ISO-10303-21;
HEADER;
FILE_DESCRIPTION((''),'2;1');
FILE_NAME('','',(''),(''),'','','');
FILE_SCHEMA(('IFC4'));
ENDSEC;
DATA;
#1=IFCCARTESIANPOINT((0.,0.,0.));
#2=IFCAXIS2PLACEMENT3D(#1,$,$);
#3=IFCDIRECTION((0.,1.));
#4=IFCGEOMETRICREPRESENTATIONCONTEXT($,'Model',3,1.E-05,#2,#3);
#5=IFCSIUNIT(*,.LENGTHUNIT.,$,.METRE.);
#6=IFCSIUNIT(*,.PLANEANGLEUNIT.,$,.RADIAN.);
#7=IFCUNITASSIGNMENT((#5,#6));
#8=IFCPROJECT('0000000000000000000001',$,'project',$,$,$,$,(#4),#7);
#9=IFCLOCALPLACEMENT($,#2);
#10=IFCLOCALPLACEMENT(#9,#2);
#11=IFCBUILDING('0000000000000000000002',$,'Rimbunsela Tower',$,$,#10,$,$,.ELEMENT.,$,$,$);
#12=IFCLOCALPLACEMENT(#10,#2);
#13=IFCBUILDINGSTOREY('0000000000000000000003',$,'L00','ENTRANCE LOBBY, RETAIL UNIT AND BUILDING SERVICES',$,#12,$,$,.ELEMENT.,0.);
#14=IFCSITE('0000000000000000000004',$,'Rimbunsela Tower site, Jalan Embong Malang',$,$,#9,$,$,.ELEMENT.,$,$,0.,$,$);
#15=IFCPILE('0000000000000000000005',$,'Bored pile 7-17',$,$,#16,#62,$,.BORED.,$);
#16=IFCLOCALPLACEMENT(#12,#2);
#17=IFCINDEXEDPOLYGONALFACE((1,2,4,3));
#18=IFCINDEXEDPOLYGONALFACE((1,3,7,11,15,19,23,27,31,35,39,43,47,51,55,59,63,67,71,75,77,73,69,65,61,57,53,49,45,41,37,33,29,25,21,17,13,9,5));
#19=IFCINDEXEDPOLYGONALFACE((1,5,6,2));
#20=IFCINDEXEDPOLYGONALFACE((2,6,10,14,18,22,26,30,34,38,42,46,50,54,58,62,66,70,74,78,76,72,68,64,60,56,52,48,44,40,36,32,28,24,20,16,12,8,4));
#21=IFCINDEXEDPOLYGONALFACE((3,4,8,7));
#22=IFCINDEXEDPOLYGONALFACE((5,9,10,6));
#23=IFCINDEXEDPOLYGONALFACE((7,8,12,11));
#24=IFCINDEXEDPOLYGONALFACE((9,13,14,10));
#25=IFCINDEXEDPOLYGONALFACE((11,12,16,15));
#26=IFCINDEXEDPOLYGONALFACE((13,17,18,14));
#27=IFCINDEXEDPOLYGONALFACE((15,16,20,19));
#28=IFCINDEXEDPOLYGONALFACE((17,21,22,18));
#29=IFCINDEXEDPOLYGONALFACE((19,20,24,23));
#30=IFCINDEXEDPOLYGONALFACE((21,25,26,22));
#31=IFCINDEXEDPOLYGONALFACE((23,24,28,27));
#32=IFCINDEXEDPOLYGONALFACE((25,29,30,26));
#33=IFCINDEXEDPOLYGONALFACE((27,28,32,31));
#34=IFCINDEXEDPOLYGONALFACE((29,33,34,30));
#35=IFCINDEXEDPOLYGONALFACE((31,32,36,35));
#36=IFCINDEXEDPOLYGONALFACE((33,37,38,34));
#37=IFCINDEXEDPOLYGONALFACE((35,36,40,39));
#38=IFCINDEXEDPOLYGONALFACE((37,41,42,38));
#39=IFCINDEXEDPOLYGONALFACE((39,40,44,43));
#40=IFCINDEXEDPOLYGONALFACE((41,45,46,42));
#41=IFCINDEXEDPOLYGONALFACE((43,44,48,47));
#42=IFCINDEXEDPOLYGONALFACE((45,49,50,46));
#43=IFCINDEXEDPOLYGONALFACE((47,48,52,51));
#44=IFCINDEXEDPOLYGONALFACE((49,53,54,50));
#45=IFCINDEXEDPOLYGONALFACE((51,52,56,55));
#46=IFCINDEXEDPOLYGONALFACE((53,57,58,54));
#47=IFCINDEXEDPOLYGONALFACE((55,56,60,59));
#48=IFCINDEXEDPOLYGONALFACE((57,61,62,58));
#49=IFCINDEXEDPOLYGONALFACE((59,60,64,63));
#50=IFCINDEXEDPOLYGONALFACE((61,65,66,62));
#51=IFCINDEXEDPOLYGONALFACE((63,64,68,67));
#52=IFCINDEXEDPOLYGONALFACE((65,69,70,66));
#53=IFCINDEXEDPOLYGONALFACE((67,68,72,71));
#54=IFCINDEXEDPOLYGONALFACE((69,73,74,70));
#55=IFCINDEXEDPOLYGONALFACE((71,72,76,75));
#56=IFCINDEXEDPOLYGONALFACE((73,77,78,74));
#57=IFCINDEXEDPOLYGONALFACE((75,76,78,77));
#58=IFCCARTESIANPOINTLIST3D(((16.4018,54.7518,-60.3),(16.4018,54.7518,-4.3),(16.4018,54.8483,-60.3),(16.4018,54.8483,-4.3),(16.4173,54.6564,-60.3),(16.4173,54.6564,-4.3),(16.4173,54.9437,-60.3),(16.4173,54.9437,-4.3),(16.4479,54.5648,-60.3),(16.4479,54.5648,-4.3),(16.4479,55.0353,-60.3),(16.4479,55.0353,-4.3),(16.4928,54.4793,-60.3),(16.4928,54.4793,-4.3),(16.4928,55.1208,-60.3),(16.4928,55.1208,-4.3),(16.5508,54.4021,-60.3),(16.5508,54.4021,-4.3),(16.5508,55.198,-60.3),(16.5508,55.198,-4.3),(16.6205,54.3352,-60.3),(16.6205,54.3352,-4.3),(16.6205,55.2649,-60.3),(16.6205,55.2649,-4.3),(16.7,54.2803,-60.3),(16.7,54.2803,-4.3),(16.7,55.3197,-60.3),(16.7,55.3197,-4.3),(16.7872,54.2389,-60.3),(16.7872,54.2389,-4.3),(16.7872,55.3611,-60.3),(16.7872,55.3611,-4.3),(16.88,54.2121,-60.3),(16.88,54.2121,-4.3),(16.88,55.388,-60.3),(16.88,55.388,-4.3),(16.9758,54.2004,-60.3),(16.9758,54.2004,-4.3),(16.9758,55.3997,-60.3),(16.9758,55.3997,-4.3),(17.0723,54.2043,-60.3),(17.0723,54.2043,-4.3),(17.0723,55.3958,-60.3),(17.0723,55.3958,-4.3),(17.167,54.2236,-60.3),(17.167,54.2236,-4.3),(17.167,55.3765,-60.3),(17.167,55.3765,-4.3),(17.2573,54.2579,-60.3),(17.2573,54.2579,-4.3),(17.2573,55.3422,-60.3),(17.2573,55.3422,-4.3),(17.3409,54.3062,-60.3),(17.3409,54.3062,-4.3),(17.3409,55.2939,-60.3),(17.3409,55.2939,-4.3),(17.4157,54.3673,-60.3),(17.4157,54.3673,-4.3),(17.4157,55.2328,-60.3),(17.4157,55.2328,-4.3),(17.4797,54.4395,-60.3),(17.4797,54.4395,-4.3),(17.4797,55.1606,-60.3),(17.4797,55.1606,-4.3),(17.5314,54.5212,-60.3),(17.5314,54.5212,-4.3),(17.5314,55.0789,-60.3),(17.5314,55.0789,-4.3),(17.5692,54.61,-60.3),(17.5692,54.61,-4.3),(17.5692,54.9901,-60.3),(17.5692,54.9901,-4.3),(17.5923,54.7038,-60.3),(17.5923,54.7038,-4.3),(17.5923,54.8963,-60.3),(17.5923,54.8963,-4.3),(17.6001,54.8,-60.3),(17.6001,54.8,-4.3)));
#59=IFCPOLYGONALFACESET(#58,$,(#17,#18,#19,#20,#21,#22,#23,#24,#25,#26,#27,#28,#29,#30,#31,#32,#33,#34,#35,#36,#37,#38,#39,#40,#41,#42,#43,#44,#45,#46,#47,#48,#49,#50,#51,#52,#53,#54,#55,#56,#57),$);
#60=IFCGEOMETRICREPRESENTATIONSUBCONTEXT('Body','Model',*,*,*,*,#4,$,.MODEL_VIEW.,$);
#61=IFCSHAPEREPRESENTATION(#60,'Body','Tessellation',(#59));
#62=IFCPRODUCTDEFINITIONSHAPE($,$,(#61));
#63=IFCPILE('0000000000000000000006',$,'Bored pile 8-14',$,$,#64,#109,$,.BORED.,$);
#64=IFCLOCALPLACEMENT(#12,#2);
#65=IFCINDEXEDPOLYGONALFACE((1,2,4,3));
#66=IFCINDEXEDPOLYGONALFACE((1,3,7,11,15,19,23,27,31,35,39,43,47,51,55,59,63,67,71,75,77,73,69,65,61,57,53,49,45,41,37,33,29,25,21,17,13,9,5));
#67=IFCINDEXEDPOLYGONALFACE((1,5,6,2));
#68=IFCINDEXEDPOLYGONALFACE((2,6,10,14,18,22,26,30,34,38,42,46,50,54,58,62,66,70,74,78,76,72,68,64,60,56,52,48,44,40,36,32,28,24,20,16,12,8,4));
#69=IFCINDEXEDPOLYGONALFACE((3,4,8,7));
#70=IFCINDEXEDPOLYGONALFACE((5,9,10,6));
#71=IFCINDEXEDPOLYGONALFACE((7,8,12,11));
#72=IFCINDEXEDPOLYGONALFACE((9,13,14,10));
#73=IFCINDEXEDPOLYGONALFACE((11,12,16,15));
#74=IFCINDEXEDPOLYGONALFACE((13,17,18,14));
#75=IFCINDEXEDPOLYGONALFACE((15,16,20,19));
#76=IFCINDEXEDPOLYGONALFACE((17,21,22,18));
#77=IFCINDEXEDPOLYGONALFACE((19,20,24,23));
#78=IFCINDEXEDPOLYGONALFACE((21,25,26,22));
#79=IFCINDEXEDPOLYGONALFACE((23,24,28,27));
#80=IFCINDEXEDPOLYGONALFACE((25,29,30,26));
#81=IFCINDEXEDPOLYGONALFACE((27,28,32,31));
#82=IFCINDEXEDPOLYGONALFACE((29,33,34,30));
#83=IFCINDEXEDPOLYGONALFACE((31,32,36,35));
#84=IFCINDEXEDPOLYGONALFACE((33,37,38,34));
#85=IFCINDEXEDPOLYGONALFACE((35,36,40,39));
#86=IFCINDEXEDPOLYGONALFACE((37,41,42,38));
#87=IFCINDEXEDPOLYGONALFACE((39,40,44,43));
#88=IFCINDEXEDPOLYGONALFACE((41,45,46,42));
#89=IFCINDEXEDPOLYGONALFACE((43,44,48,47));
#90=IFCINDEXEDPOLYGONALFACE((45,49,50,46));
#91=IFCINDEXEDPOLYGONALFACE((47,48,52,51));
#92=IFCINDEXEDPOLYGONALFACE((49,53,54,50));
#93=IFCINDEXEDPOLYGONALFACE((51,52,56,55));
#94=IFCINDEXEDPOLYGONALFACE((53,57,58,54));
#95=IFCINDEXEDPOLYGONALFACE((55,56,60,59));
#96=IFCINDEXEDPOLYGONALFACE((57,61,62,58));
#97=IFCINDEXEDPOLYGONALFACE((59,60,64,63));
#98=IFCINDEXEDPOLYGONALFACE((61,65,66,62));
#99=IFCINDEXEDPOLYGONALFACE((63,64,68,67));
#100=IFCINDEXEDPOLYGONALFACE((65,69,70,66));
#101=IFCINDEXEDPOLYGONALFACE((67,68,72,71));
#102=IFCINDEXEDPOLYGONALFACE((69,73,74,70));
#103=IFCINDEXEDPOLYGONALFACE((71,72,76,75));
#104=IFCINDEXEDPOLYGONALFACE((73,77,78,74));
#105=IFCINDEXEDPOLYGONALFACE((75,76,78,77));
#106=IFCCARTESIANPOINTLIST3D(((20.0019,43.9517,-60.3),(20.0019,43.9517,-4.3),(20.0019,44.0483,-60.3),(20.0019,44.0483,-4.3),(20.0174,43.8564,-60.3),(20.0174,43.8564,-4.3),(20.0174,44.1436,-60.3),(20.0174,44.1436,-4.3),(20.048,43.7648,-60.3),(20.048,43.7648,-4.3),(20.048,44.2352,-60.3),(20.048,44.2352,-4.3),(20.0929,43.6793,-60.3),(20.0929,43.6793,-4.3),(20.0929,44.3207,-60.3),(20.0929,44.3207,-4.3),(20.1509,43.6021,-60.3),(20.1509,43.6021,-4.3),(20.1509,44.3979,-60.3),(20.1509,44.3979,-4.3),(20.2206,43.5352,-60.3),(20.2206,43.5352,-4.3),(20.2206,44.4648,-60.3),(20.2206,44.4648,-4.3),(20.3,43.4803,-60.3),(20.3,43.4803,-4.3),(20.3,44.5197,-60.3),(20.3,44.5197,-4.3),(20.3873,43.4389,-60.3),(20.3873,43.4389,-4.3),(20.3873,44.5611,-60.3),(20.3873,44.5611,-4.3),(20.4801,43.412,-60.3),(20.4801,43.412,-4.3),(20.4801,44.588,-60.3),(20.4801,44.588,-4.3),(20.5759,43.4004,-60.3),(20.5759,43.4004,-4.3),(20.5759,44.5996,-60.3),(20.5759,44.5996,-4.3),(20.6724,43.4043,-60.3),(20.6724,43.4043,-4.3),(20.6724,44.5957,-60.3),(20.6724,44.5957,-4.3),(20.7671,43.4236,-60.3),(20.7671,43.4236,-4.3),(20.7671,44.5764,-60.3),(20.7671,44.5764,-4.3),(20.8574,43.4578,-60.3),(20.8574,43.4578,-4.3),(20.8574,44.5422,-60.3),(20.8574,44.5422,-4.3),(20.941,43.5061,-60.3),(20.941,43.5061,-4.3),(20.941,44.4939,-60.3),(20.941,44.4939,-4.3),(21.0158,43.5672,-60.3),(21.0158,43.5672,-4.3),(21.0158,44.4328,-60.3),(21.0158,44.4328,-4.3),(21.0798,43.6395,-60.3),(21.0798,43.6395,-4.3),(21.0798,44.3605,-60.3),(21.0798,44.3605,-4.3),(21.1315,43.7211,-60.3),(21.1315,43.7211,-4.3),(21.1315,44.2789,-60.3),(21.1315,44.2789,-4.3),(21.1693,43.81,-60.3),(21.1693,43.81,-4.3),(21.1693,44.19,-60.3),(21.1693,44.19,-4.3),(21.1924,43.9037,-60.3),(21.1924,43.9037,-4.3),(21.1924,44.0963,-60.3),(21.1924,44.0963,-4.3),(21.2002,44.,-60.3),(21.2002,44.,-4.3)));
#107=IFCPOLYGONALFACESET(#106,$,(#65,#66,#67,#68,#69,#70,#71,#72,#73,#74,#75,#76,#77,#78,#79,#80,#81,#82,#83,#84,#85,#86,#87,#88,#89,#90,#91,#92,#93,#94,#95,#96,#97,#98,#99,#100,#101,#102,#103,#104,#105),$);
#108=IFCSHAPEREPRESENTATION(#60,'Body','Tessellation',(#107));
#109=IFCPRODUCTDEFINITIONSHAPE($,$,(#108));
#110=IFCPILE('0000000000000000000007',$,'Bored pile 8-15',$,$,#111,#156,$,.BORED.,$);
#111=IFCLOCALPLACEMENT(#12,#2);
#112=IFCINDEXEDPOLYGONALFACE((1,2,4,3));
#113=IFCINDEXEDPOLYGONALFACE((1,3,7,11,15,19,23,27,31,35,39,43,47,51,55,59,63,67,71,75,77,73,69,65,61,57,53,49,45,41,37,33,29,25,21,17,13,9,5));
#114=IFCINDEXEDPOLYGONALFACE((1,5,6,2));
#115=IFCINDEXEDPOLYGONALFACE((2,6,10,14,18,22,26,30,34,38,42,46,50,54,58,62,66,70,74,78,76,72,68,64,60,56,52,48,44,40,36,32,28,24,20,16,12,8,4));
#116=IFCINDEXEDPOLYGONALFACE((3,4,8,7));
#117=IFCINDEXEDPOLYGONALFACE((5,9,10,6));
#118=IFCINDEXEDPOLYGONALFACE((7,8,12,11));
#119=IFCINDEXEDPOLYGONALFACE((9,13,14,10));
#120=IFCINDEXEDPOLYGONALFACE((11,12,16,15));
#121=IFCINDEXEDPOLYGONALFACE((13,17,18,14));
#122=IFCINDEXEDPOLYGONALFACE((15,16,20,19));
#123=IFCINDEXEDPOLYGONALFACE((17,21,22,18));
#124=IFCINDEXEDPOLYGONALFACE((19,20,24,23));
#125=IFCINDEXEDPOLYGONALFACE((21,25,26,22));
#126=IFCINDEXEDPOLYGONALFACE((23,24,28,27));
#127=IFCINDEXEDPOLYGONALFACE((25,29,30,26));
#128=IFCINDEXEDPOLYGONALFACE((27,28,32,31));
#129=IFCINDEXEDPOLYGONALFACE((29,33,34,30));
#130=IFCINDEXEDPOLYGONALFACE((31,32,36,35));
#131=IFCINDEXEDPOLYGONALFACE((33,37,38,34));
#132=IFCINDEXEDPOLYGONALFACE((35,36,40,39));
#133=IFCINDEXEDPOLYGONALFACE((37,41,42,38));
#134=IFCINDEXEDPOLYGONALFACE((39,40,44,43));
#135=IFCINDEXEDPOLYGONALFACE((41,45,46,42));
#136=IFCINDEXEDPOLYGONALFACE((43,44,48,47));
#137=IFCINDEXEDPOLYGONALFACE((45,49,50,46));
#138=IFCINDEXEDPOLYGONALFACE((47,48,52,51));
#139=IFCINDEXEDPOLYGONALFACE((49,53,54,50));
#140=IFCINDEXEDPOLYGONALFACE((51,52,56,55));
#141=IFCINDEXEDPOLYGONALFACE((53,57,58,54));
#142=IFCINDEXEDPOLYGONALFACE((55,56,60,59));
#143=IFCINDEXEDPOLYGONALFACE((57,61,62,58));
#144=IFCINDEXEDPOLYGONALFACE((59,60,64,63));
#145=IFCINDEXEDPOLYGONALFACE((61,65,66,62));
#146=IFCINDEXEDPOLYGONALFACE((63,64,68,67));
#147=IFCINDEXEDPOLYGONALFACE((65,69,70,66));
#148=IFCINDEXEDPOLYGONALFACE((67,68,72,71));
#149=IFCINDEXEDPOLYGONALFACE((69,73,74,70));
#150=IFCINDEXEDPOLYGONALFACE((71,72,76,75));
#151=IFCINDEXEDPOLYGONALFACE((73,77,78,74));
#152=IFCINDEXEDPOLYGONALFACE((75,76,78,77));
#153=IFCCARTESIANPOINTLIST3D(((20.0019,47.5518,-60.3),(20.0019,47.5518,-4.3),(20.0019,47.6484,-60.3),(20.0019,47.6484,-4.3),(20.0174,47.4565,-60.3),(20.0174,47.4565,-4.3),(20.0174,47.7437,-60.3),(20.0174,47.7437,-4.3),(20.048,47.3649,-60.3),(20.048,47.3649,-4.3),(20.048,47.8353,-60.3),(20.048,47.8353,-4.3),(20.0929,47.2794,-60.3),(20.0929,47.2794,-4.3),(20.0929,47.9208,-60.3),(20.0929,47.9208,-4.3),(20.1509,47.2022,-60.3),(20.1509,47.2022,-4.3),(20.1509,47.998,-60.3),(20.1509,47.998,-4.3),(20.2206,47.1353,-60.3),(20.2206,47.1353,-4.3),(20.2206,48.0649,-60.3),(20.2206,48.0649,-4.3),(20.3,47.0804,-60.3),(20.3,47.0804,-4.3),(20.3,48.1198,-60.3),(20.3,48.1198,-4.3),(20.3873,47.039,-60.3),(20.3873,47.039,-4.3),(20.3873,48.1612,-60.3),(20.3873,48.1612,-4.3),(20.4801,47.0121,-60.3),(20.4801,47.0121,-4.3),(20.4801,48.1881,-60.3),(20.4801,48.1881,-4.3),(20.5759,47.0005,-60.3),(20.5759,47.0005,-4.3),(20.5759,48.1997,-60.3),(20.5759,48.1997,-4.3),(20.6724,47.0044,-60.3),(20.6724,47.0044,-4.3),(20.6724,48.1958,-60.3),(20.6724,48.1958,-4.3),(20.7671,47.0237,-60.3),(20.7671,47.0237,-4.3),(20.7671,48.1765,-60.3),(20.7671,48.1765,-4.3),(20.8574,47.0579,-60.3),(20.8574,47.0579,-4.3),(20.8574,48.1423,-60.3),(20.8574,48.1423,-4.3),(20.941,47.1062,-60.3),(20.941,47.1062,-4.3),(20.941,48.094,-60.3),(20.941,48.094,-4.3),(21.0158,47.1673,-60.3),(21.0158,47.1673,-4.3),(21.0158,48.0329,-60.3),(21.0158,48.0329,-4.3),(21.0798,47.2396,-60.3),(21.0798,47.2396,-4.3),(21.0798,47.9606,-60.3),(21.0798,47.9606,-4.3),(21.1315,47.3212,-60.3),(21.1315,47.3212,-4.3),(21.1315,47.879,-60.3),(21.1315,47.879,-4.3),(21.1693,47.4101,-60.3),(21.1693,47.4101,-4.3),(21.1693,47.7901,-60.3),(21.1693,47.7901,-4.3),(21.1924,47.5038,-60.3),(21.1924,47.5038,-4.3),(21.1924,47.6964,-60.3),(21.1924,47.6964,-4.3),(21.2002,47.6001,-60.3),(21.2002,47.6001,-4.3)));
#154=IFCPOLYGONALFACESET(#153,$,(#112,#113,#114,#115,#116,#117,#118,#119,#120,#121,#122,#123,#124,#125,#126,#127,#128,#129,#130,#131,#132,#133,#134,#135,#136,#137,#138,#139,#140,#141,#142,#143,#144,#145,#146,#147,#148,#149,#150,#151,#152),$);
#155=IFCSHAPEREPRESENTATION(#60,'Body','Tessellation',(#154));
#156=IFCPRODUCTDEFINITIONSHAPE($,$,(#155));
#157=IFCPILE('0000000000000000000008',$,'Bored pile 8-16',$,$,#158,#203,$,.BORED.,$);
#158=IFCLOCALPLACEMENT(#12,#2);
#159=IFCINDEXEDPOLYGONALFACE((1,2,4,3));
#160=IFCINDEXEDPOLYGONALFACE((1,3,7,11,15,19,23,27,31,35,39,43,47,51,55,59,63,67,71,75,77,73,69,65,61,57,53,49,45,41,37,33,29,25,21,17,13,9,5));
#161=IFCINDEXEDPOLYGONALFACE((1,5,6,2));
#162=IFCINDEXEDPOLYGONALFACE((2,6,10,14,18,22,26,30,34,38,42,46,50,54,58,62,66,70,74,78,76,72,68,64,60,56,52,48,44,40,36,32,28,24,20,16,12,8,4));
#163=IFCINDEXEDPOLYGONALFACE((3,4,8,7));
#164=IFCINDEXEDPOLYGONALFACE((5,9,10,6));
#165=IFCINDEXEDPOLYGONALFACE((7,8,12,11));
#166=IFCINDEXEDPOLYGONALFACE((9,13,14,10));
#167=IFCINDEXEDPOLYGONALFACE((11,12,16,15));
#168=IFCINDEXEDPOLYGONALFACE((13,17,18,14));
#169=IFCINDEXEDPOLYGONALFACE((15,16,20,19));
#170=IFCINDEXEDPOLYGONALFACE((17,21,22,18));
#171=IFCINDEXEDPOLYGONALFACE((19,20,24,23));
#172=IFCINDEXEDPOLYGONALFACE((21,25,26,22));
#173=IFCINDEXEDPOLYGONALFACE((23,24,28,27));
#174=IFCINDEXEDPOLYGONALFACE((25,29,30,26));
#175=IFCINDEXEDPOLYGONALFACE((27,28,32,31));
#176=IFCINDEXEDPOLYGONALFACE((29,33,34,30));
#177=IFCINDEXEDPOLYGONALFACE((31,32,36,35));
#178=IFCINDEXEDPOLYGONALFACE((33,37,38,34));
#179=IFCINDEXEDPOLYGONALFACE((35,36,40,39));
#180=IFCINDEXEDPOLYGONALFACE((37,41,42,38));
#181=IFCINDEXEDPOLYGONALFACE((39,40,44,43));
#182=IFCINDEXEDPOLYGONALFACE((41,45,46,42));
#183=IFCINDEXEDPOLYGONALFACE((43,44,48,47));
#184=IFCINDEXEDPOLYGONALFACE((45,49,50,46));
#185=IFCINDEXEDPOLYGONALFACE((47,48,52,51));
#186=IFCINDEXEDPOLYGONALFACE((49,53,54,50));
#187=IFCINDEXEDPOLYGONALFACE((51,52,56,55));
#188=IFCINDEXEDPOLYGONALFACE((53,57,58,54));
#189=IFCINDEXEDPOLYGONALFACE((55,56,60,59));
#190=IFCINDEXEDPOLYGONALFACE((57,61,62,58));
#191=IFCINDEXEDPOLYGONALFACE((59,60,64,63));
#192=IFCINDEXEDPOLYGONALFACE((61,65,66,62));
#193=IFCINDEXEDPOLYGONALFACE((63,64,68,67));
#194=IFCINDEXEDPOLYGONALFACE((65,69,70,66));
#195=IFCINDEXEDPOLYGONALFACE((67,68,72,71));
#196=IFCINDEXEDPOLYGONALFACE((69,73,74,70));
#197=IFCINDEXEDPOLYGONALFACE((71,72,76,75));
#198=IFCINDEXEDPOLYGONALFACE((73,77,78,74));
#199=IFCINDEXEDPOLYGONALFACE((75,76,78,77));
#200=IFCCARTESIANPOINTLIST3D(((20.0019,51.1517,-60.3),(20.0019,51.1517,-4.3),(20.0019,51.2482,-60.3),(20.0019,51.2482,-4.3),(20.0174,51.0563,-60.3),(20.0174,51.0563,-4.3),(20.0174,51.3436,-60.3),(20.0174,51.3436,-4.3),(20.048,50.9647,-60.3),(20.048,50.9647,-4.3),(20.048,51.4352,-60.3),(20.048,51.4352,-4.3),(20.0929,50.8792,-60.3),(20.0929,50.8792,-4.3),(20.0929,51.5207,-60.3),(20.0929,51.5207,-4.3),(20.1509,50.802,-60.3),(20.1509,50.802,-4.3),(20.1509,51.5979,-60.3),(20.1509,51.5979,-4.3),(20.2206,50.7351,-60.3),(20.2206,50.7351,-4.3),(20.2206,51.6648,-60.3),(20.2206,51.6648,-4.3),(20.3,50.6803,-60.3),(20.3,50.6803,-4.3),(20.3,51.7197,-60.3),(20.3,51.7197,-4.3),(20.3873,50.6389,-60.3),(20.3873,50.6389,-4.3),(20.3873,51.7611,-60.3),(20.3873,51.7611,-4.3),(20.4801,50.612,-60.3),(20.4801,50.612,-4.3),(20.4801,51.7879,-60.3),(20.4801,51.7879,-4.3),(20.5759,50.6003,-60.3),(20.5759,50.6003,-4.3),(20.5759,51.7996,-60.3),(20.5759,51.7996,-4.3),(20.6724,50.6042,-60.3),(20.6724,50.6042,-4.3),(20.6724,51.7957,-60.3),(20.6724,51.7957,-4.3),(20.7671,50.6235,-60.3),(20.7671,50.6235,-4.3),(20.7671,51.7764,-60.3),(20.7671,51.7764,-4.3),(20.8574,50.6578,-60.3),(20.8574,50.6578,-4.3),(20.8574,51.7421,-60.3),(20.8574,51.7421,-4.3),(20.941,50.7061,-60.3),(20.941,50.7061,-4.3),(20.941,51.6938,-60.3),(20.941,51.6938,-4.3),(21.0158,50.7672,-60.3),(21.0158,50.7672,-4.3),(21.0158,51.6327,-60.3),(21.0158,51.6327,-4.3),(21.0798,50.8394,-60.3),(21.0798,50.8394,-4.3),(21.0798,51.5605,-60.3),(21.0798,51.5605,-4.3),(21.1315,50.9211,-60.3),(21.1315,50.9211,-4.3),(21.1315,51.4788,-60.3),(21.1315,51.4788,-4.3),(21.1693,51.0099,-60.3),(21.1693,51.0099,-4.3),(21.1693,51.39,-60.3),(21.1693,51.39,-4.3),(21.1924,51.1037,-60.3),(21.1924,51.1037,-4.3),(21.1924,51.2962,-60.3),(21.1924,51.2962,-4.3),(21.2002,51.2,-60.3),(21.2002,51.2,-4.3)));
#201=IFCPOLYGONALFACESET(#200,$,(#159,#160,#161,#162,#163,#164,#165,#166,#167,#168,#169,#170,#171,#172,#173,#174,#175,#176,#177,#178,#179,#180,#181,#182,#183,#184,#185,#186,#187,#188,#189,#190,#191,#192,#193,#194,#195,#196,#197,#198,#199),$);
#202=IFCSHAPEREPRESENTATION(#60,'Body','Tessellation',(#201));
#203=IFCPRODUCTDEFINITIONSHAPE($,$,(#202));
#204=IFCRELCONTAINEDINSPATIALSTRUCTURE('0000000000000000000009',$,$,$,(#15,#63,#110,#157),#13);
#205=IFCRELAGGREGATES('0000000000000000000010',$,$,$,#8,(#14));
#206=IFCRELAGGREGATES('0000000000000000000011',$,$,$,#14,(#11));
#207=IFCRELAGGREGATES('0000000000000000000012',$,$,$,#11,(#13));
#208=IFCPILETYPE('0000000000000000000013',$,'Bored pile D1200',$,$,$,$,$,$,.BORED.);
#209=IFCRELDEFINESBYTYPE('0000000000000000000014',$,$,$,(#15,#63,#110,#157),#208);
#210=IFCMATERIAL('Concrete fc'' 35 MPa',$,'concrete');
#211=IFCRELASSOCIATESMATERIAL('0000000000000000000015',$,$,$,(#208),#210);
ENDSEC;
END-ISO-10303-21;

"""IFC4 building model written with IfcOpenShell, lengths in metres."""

from ifc_helpers import new_model, si_unit, direction, frame, origin, origin_2d, place, context, subcontext, project, spatial, circle, extrude, material, material_profile, profile_set, type_object, element, save


model = new_model("IFC4")

# Units and contexts
model_context = context("Model", 3, precision=1e-05, world=origin(), true_north=direction((0.0, 1.0)))
body_context = subcontext(model_context, "Body", "Model", "MODEL_VIEW")
ifc_project = project(units=[si_unit("LENGTHUNIT", "METRE"), si_unit("PLANEANGLEUNIT", "RADIAN")], contexts=[model_context])

# Site, building, storey
site_placement = place(None, origin())
site = spatial("IfcSite", under=ifc_project, at=site_placement, Name="Rimbunsela Tower site, Jalan Embong Malang", CompositionType="ELEMENT", RefElevation=0.0)
building_placement = place(site_placement, origin())
building = spatial("IfcBuilding", under=site, at=building_placement, Name="Rimbunsela Tower", CompositionType="ELEMENT")
storey_placement = place(building_placement, origin())
storey = spatial("IfcBuildingStorey", under=building, at=storey_placement, Name="L00", Description="ENTRANCE LOBBY, RETAIL UNIT AND BUILDING SERVICES", CompositionType="ELEMENT", Elevation=0.0)

# Piles
ifc_material_1 = material(Name="Concrete fc' 35 MPa", Category="concrete")
ifc_material_profile_1 = material_profile(ifc_material_1, circle(Radius=0.6001, at=origin_2d()), Name="BP D1200")
ifc_profile_set_1 = profile_set([ifc_material_profile_1], Name="Concrete fc' 35 MPa")
pile_type = type_object("IfcPileType", Name="Bored pile D1200", PredefinedType="BORED", material=ifc_profile_set_1)
for number, where, z_axis, x_axis, name in (
    (1, (17.0, 54.8, -4.3), (0.0, 0.0, -1.0), (1.0, 0.0, 0.0), "Bored pile 7-17"),
    (2, (20.6001, 44.0, -4.3), (0.0, 0.0, -1.0), (1.0, 0.0, 0.0), "Bored pile 8-14"),
    (3, (20.6001, 47.6001, -4.3), (0.0, 0.0, -1.0), (1.0, 0.0, 0.0), "Bored pile 8-15"),
    (4, (20.6001, 51.2, -4.3), (0.0, 0.0, -1.0), (1.0, 0.0, 0.0), "Bored pile 8-16"),
):
    element("IfcPile", number, at=place(storey_placement, frame(where, z_axis=z_axis, x_axis=x_axis)), inside=storey, type_object=pile_type, Name=name, PredefinedType="BORED", context=body_context, shape_type="SweptSolid", body=[
        extrude(circle(Radius=0.6001, at=origin_2d()), origin(), (0.0, 0.0, 1.0), 56.0),
    ])

save(model, "model.ifc")
